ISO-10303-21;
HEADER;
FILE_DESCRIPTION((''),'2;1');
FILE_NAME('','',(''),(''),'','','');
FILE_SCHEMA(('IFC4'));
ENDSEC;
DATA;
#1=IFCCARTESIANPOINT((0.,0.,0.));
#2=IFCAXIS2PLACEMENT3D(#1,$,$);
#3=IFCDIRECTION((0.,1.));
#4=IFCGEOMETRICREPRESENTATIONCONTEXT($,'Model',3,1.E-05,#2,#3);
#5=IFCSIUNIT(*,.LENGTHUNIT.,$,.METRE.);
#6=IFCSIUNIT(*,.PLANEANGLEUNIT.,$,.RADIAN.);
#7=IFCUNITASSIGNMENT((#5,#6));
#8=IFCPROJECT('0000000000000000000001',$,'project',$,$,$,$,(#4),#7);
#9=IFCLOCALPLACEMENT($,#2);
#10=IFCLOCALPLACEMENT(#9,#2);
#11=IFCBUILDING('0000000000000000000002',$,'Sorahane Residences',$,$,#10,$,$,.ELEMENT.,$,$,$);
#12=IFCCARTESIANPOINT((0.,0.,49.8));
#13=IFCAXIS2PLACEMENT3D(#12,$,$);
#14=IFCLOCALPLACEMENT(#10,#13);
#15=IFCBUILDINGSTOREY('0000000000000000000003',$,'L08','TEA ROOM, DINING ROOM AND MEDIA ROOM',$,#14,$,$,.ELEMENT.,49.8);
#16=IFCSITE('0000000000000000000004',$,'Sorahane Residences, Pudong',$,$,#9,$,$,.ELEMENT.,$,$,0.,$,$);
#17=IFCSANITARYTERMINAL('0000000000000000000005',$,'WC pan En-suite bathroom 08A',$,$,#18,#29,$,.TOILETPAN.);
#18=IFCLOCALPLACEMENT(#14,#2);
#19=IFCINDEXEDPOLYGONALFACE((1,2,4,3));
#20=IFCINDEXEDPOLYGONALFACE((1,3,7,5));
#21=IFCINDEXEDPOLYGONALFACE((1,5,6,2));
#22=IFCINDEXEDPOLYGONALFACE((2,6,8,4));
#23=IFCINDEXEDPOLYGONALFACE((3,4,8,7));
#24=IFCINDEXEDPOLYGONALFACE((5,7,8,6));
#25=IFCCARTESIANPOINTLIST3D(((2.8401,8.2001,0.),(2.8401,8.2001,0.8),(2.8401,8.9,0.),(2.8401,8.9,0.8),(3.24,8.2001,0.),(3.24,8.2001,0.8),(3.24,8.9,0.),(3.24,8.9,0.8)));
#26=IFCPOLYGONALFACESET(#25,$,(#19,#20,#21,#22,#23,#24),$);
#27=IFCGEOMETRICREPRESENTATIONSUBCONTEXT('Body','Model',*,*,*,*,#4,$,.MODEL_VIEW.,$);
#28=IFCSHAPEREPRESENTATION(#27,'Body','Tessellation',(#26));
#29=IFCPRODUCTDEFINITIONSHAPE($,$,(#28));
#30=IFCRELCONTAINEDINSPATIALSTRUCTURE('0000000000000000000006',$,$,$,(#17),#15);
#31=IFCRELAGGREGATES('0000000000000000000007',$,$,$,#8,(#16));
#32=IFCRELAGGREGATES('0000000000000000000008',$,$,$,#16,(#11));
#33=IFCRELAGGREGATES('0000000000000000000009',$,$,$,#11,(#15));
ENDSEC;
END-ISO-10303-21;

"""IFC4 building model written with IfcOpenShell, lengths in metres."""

from ifc_helpers import new_model, si_unit, direction, frame, origin, origin_2d, place, context, subcontext, project, spatial, rectangle, extrude, element, save


model = new_model("IFC4")

# Units and contexts
model_context = context("Model", 3, precision=1e-05, world=origin(), true_north=direction((0.0, 1.0)))
body_context = subcontext(model_context, "Body", "Model", "MODEL_VIEW")
ifc_project = project(units=[si_unit("LENGTHUNIT", "METRE"), si_unit("PLANEANGLEUNIT", "RADIAN")], contexts=[model_context])

# Site, building, storey
site_placement = place(None, origin())
site = spatial("IfcSite", under=ifc_project, at=site_placement, Name="Sorahane Residences, Pudong", CompositionType="ELEMENT", RefElevation=0.0)
building_placement = place(site_placement, origin())
building = spatial("IfcBuilding", under=site, at=building_placement, Name="Sorahane Residences", CompositionType="ELEMENT")
storey_placement = place(building_placement, frame((0.0, 0.0, 49.8)))
storey = spatial("IfcBuildingStorey", under=building, at=storey_placement, Name="L08", Description="TEA ROOM, DINING ROOM AND MEDIA ROOM", CompositionType="ELEMENT", Elevation=49.8)

# Sanitary terminal
sanitary_terminal_1_placement = place(storey_placement, frame((3.04, 8.55, 0.0), z_axis=(0.0, 0.0, 1.0), x_axis=(1.0, 0.0, 0.0)))
element("IfcSanitaryTerminal", 1, at=sanitary_terminal_1_placement, inside=storey, Name="WC pan En-suite bathroom 08A", PredefinedType="TOILETPAN", context=body_context, shape_type="SweptSolid", body=[
    extrude(rectangle(XDim=0.3999, YDim=0.7, at=origin_2d()), origin(), (0.0, 0.0, 1.0), 0.8),
])

save(model, "model.ifc")
